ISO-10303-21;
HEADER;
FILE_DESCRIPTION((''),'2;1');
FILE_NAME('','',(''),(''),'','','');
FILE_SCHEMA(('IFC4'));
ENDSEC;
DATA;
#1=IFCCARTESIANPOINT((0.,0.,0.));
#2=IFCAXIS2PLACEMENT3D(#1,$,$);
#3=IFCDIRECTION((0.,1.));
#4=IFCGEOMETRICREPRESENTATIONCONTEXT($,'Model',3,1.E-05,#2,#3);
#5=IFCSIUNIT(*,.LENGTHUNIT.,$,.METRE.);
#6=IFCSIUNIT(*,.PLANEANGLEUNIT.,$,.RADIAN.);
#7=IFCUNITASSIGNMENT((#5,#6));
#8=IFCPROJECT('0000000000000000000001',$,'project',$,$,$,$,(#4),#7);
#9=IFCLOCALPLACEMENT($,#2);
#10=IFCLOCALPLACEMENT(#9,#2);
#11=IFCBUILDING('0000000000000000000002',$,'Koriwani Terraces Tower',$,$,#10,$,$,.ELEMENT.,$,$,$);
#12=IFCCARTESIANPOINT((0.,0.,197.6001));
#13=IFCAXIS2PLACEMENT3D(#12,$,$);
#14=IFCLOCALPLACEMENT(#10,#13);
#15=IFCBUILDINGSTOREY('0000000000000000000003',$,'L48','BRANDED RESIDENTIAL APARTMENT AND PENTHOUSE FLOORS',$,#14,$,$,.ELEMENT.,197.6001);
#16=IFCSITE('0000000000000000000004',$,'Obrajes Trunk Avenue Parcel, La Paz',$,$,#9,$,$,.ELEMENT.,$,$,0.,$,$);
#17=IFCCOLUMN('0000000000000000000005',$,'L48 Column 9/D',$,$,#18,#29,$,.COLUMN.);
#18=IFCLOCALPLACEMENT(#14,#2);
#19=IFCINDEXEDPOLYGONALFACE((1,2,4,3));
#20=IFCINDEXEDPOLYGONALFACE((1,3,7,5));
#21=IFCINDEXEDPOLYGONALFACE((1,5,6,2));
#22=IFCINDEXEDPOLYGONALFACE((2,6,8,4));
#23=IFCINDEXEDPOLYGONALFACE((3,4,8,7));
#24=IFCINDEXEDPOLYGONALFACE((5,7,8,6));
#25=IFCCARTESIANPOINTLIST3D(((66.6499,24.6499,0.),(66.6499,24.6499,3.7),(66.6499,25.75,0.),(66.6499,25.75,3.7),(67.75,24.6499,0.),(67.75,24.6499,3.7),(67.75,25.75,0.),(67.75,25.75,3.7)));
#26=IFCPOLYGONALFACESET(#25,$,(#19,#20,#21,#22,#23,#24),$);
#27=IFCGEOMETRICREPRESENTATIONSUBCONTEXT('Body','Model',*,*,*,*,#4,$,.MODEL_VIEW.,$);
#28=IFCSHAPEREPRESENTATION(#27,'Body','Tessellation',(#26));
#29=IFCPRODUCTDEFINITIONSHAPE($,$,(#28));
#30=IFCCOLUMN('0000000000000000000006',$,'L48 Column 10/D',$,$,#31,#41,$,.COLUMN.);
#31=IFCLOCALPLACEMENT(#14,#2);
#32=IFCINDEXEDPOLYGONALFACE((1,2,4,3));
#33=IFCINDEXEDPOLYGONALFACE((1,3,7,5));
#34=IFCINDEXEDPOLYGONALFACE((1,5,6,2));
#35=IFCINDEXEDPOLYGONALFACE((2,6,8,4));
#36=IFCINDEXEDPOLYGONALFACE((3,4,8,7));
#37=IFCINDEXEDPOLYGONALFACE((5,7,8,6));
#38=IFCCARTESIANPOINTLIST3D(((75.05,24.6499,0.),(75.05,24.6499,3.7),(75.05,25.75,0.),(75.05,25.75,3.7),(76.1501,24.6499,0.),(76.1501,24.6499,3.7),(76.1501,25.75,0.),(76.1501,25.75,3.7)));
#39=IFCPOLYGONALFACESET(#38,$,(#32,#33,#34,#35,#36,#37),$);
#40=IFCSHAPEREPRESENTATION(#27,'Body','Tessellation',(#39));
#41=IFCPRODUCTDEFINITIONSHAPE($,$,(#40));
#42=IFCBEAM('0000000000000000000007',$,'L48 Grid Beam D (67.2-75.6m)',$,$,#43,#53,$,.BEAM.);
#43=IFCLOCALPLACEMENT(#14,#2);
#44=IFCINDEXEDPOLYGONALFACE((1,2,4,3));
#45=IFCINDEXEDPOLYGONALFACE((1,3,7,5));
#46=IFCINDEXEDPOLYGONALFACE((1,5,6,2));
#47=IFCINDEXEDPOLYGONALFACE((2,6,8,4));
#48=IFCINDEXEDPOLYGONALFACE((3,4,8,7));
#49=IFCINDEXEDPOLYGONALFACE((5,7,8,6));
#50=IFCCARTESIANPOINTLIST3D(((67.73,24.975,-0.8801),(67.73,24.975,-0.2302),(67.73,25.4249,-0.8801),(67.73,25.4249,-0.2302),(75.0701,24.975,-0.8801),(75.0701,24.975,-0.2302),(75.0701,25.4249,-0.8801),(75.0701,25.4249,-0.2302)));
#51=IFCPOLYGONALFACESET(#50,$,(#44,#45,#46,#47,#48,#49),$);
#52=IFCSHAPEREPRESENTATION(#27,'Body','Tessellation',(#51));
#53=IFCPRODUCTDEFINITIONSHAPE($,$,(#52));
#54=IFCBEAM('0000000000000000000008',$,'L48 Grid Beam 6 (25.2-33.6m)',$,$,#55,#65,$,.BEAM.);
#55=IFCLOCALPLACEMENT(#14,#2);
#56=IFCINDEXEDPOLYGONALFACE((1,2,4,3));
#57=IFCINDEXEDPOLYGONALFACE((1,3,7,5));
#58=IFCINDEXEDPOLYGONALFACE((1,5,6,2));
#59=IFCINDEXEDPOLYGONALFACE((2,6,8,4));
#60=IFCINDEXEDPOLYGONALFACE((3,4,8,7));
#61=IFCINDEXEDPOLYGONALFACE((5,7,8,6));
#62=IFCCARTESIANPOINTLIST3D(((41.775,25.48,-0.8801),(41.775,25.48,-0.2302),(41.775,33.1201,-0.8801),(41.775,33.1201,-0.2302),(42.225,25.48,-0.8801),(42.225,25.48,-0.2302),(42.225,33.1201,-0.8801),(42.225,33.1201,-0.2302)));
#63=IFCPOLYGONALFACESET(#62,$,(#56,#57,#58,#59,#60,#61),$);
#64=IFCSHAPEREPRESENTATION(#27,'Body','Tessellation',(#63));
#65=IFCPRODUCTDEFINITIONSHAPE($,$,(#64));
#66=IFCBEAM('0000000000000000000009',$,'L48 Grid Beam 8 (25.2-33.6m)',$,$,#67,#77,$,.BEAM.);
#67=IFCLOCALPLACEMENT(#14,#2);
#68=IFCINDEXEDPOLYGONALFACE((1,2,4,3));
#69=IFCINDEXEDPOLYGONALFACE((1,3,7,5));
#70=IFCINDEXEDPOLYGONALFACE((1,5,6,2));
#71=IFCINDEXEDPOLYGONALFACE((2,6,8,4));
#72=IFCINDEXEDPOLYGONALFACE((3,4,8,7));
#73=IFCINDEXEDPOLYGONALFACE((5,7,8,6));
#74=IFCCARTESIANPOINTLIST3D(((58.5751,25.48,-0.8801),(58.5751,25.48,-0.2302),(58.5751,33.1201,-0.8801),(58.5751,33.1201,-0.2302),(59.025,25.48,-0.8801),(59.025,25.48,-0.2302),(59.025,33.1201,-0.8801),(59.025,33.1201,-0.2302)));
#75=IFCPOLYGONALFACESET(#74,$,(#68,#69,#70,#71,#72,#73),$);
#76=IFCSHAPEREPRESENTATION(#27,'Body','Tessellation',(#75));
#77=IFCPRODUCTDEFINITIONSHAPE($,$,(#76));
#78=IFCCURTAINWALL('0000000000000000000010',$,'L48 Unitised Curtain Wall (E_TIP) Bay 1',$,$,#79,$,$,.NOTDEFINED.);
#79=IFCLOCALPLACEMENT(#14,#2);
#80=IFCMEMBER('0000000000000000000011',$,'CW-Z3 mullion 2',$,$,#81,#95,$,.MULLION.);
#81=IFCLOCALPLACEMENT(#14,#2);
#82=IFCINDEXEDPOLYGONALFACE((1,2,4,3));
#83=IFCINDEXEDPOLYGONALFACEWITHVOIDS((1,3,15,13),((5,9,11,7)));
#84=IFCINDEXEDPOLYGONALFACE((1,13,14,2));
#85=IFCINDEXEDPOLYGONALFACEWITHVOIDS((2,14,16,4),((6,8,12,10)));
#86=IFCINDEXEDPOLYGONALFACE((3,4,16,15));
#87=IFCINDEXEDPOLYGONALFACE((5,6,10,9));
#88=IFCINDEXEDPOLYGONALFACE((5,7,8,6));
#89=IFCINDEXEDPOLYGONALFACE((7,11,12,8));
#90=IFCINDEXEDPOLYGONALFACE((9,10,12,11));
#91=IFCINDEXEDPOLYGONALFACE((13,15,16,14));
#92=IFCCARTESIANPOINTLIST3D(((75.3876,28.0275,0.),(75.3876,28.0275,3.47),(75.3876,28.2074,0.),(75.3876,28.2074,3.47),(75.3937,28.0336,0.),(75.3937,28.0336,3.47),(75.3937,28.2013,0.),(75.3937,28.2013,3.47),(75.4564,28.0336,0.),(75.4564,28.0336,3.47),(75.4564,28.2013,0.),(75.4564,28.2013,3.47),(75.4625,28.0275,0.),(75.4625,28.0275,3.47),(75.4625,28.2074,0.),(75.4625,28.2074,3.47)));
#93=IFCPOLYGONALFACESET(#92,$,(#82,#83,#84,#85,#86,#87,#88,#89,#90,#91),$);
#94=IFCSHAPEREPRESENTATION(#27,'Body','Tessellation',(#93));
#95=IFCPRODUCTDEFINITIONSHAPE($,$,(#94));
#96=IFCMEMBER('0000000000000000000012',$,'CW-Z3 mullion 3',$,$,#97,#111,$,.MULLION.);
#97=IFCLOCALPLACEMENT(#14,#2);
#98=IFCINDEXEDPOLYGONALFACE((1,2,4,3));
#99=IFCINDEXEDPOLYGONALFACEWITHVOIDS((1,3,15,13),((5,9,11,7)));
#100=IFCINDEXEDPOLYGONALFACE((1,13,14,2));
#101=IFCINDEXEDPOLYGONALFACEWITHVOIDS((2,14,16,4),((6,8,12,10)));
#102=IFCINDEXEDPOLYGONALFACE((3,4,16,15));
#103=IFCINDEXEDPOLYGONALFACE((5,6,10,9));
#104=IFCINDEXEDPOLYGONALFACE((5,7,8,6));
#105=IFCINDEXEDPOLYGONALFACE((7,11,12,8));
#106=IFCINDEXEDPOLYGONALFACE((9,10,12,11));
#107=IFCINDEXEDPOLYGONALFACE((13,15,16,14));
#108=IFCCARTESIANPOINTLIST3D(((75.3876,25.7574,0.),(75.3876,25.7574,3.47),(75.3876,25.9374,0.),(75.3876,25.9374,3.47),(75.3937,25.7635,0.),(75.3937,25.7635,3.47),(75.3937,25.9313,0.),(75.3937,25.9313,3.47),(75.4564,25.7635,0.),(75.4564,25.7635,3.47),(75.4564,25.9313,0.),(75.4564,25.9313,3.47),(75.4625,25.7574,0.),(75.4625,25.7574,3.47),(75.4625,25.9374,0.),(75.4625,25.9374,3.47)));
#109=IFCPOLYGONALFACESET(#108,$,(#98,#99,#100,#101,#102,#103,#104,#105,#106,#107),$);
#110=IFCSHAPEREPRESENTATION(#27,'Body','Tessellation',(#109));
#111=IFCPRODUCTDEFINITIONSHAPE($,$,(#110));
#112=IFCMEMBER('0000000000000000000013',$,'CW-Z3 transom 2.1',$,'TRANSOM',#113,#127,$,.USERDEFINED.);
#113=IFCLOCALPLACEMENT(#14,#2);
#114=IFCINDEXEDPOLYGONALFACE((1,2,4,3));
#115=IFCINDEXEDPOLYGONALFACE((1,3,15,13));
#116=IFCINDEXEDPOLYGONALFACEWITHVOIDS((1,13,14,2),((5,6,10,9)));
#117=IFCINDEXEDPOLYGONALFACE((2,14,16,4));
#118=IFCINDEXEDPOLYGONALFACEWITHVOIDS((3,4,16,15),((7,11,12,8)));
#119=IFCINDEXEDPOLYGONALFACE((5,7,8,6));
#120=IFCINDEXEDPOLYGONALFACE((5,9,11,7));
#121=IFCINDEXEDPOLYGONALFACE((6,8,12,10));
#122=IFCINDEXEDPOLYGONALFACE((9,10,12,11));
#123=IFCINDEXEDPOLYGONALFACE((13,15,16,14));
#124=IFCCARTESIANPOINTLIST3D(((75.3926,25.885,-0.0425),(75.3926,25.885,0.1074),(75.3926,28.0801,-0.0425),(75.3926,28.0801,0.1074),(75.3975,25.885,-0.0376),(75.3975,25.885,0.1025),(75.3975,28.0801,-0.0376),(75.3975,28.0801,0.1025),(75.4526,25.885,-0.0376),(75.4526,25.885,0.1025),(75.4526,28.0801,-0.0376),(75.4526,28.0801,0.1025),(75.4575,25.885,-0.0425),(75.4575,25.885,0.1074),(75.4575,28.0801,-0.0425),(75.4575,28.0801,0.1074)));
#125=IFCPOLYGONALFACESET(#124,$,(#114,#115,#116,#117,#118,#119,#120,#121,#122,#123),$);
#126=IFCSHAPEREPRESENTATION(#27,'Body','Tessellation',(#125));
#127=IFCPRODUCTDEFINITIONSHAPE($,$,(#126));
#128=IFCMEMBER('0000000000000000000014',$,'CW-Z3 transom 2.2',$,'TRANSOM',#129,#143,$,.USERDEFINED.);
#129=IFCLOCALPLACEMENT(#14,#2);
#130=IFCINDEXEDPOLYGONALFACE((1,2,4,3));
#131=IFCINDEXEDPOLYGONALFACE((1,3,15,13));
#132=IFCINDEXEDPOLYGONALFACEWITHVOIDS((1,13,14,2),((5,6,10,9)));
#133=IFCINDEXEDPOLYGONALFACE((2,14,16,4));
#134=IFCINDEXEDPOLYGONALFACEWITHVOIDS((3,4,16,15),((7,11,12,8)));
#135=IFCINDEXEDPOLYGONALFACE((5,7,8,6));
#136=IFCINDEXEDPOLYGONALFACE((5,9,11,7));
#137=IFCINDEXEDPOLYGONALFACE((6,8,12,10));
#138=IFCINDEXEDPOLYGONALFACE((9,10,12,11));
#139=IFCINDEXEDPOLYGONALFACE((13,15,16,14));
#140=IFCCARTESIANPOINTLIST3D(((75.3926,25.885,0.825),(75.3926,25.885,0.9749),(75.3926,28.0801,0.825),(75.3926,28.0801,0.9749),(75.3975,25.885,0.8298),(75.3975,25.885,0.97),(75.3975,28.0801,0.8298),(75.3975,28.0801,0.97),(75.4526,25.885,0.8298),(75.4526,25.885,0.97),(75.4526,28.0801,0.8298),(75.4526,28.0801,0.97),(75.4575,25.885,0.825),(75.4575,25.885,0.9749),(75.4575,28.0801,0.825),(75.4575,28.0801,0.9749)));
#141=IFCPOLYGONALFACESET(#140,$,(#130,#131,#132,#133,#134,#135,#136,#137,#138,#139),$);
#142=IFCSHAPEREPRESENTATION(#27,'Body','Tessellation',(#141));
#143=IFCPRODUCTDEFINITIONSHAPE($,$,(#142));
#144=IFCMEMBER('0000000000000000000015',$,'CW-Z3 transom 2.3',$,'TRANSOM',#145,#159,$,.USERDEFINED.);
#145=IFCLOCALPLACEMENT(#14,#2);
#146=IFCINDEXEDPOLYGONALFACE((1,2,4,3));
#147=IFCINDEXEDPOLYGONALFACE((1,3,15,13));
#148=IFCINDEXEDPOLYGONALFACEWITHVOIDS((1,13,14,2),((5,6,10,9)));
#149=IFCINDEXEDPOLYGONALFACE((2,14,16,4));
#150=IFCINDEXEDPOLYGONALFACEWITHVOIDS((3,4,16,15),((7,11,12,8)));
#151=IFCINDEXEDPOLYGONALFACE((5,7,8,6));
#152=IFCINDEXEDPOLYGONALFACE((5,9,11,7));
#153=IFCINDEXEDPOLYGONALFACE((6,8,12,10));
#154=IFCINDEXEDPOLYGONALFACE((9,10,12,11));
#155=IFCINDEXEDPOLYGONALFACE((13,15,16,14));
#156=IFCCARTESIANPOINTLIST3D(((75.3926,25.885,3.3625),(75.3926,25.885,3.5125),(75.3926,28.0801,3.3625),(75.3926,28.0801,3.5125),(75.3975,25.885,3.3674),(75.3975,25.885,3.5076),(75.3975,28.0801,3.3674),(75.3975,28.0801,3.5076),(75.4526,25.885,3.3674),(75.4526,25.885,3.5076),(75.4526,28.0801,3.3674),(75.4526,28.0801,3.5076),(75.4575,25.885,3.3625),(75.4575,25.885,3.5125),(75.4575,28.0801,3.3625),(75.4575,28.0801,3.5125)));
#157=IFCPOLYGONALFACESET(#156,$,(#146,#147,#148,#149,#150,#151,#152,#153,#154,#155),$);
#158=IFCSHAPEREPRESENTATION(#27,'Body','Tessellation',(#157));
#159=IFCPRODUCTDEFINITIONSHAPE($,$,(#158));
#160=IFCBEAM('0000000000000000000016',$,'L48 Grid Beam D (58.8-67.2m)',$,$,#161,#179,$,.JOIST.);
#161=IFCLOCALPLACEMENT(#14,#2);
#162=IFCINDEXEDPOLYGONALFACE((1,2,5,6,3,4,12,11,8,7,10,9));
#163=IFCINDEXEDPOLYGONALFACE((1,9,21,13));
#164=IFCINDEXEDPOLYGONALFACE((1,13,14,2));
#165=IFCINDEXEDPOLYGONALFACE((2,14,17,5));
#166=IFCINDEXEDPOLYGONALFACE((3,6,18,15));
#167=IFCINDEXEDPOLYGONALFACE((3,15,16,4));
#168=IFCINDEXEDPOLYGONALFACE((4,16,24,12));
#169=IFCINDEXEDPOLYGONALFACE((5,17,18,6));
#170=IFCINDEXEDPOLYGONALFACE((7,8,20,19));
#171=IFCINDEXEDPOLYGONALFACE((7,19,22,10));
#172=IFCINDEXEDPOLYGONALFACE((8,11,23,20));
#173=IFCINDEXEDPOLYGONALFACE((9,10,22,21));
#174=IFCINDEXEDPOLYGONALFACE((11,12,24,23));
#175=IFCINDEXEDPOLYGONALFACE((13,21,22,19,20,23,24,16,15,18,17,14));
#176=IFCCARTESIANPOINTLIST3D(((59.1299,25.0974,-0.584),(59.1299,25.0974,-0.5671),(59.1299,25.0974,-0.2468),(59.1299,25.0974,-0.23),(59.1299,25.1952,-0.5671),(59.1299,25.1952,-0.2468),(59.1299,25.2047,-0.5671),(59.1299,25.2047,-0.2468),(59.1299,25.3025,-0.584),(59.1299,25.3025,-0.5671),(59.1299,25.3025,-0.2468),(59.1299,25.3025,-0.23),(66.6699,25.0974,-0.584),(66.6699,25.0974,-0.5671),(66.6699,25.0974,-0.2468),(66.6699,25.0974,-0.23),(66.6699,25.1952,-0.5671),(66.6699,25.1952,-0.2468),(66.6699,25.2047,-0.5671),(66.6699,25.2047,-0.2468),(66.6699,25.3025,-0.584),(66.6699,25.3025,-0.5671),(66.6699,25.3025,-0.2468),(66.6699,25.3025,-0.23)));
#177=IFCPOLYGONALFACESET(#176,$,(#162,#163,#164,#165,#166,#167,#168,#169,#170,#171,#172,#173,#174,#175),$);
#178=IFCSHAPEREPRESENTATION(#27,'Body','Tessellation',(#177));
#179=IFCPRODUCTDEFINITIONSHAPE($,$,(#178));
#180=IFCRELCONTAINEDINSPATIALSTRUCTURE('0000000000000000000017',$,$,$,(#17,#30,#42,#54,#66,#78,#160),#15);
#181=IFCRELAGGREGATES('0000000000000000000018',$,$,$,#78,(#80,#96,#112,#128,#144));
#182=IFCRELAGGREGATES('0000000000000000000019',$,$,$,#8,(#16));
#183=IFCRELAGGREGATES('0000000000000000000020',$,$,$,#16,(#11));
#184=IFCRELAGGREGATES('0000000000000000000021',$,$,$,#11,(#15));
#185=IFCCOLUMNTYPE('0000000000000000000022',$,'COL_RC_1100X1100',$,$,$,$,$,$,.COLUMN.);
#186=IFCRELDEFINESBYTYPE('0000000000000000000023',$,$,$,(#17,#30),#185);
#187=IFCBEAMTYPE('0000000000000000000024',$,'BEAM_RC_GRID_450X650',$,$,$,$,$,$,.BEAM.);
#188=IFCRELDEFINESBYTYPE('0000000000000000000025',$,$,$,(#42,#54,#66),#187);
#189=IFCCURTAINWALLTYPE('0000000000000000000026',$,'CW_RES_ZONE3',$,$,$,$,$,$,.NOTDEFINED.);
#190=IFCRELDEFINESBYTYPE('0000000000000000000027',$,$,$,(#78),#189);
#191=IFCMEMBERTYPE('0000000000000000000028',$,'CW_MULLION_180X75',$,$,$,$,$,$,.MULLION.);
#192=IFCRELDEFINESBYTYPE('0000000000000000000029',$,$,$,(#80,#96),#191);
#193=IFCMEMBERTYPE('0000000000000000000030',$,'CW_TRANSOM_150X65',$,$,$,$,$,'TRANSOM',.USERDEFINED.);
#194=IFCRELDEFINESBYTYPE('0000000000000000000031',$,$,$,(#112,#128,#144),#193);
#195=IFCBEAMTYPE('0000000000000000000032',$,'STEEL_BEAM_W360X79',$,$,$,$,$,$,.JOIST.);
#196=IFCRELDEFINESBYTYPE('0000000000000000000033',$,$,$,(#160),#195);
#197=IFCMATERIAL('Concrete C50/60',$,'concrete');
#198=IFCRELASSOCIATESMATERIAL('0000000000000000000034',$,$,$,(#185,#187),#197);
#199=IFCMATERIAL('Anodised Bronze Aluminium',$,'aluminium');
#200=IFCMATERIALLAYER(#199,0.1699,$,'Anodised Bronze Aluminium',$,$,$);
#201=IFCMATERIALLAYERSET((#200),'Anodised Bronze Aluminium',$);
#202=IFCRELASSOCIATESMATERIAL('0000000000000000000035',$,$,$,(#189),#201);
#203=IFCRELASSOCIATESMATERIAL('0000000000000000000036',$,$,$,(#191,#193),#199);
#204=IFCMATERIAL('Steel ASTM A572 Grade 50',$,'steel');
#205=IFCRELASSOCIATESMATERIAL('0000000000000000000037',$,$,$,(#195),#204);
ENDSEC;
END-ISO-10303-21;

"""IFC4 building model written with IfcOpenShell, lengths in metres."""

from ifc_helpers import new_model, si_unit, direction, frame, origin, origin_2d, place, context, subcontext, project, spatial, rectangle, hollow_rectangle, i_section, extrude, material, layer, layer_set, material_profile, profile_set, type_object, element, aggregate, save


model = new_model("IFC4")

# Units and contexts
model_context = context("Model", 3, precision=1e-05, world=origin(), true_north=direction((0.0, 1.0)))
body_context = subcontext(model_context, "Body", "Model", "MODEL_VIEW")
ifc_project = project(units=[si_unit("LENGTHUNIT", "METRE"), si_unit("PLANEANGLEUNIT", "RADIAN")], contexts=[model_context])

# Site, building, storey
site_placement = place(None, origin())
site = spatial("IfcSite", under=ifc_project, at=site_placement, Name="Obrajes Trunk Avenue Parcel, La Paz", CompositionType="ELEMENT", RefElevation=0.0)
building_placement = place(site_placement, origin())
building = spatial("IfcBuilding", under=site, at=building_placement, Name="Koriwani Terraces Tower", CompositionType="ELEMENT")
storey_placement = place(building_placement, frame((0.0, 0.0, 197.6001)))
storey = spatial("IfcBuildingStorey", under=building, at=storey_placement, Name="L48", Description="BRANDED RESIDENTIAL APARTMENT AND PENTHOUSE FLOORS", CompositionType="ELEMENT", Elevation=197.6001)

# Columns
ifc_material_1 = material(Name="Concrete C50/60", Category="concrete")
ifc_material_profile_1 = material_profile(ifc_material_1, rectangle(XDim=1.1001, YDim=1.1001, at=origin_2d()), Name="Concrete C50/60", Category="LoadBearing")
ifc_profile_set_1 = profile_set([ifc_material_profile_1], Name="Concrete C50/60")
column_type = type_object("IfcColumnType", Name="COL_RC_1100X1100", PredefinedType="COLUMN", material=ifc_profile_set_1)
for number, where, z_axis, x_axis, name in (
    (1, (67.2, 25.2, 0.0), (0.0, 0.0, 1.0), (1.0, 0.0, 0.0), "L48 Column 9/D"),
    (2, (75.6001, 25.2, 0.0), (0.0, 0.0, 1.0), (1.0, 0.0, 0.0), "L48 Column 10/D"),
):
    element("IfcColumn", number, at=place(storey_placement, frame(where, z_axis=z_axis, x_axis=x_axis)), inside=storey, type_object=column_type, Name=name, PredefinedType="COLUMN", context=body_context, shape_type="SweptSolid", body=[
        extrude(rectangle(XDim=1.1001, YDim=1.1001, at=origin_2d()), origin(), (0.0, 0.0, 1.0), 3.7),
    ])

# Beams
ifc_material_profile_2 = material_profile(ifc_material_1, rectangle(XDim=0.45, YDim=0.6499, at=origin_2d()), Name="Concrete C50/60", Category="LoadBearing")
ifc_profile_set_2 = profile_set([ifc_material_profile_2], Name="Concrete C50/60")
beam_type_1 = type_object("IfcBeamType", Name="BEAM_RC_GRID_450X650", PredefinedType="BEAM", material=ifc_profile_set_2)
beam_1_placement = place(storey_placement, frame((67.73, 25.2, -0.5552), z_axis=(1.0, 0.0, 0.0), x_axis=(0.0, 1.0, 0.0)))
element("IfcBeam", 3, at=beam_1_placement, inside=storey, type_object=beam_type_1, Name="L48 Grid Beam D (67.2-75.6m)", PredefinedType="BEAM", context=body_context, shape_type="SweptSolid", body=[
    extrude(rectangle(XDim=0.45, YDim=0.6499, at=origin_2d()), origin(), (0.0, 0.0, 1.0), 7.3401),
])
for number, where, z_axis, x_axis, name in (
    (4, (42.0, 25.48, -0.5552), (0.0, 1.0, 0.0), (-1.0, 0.0, 0.0), "L48 Grid Beam 6 (25.2-33.6m)"),
    (5, (58.8, 25.48, -0.5552), (0.0, 1.0, 0.0), (-1.0, 0.0, 0.0), "L48 Grid Beam 8 (25.2-33.6m)"),
):
    element("IfcBeam", number, at=place(storey_placement, frame(where, z_axis=z_axis, x_axis=x_axis)), inside=storey, type_object=beam_type_1, Name=name, PredefinedType="BEAM", context=body_context, shape_type="SweptSolid", body=[
        extrude(rectangle(XDim=0.45, YDim=0.6499, at=origin_2d()), origin(), (0.0, 0.0, 1.0), 7.6401),
    ])

# Curtain wall, members
ifc_material_2 = material(Name="Anodised Bronze Aluminium", Category="aluminium")
ifc_layer_1 = layer(ifc_material_2, 0.1699, Name="Anodised Bronze Aluminium")
ifc_layer_set_1 = layer_set([ifc_layer_1], Name="Anodised Bronze Aluminium")
curtain_wall_type = type_object("IfcCurtainWallType", Name="CW_RES_ZONE3", PredefinedType="NOTDEFINED", material=ifc_layer_set_1)
curtain_wall_placement = place(storey_placement, origin())
curtain_wall = element("IfcCurtainWall", 6, at=curtain_wall_placement, inside=storey, type_object=curtain_wall_type, Name="L48 Unitised Curtain Wall (E_TIP) Bay 1", PredefinedType="NOTDEFINED")
ifc_material_profile_3 = material_profile(ifc_material_2, hollow_rectangle(XDim=0.075, YDim=0.1799, WallThickness=0.0061, at=origin_2d()), Name="Anodised Bronze Aluminium", Category="LoadBearing")
ifc_profile_set_3 = profile_set([ifc_material_profile_3], Name="Anodised Bronze Aluminium")
member_type_1 = type_object("IfcMemberType", Name="CW_MULLION_180X75", PredefinedType="MULLION", material=ifc_profile_set_3)
member_1_placement = place(storey_placement, frame((75.425, 28.1174, 0.0), z_axis=(0.0, 0.0, 1.0), x_axis=(1.0, 0.0, 0.0)))
member_1 = element("IfcMember", 7, at=member_1_placement, type_object=member_type_1, Name="CW-Z3 mullion 2", PredefinedType="MULLION", context=body_context, shape_type="SweptSolid", body=[
    extrude(hollow_rectangle(XDim=0.075, YDim=0.1799, WallThickness=0.0061, at=origin_2d()), origin(), (0.0, 0.0, 1.0), 3.47),
])
member_2_placement = place(storey_placement, frame((75.425, 25.8474, 0.0), z_axis=(0.0, 0.0, 1.0), x_axis=(1.0, 0.0, 0.0)))
member_2 = element("IfcMember", 8, at=member_2_placement, type_object=member_type_1, Name="CW-Z3 mullion 3", PredefinedType="MULLION", context=body_context, shape_type="SweptSolid", body=[
    extrude(hollow_rectangle(XDim=0.075, YDim=0.1799, WallThickness=0.0061, at=origin_2d()), origin(), (0.0, 0.0, 1.0), 3.47),
])
ifc_material_profile_4 = material_profile(ifc_material_2, hollow_rectangle(XDim=0.0649, YDim=0.1499, WallThickness=0.0049, at=origin_2d()), Name="Anodised Bronze Aluminium", Category="LoadBearing")
ifc_profile_set_4 = profile_set([ifc_material_profile_4], Name="Anodised Bronze Aluminium")
member_type_2 = type_object("IfcMemberType", Name="CW_TRANSOM_150X65", ElementType="TRANSOM", PredefinedType="USERDEFINED", material=ifc_profile_set_4)
member_3_placement = place(storey_placement, frame((75.425, 28.0801, 0.0325), z_axis=(0.0, -1.0, 0.0), x_axis=(1.0, 0.0, 0.0)))
member_3 = element("IfcMember", 9, at=member_3_placement, type_object=member_type_2, Name="CW-Z3 transom 2.1", ObjectType="TRANSOM", PredefinedType="USERDEFINED", context=body_context, shape_type="SweptSolid", body=[
    extrude(hollow_rectangle(XDim=0.0649, YDim=0.1499, WallThickness=0.0049, at=origin_2d()), origin(), (0.0, 0.0, 1.0), 2.1951),
])
member_4_placement = place(storey_placement, frame((75.425, 28.0801, 0.8999), z_axis=(0.0, -1.0, 0.0), x_axis=(1.0, 0.0, 0.0)))
member_4 = element("IfcMember", 10, at=member_4_placement, type_object=member_type_2, Name="CW-Z3 transom 2.2", ObjectType="TRANSOM", PredefinedType="USERDEFINED", context=body_context, shape_type="SweptSolid", body=[
    extrude(hollow_rectangle(XDim=0.0649, YDim=0.1499, WallThickness=0.0049, at=origin_2d()), origin(), (0.0, 0.0, 1.0), 2.1951),
])
member_5_placement = place(storey_placement, frame((75.425, 28.0801, 3.4375), z_axis=(0.0, -1.0, 0.0), x_axis=(1.0, 0.0, 0.0)))
member_5 = element("IfcMember", 11, at=member_5_placement, type_object=member_type_2, Name="CW-Z3 transom 2.3", ObjectType="TRANSOM", PredefinedType="USERDEFINED", context=body_context, shape_type="SweptSolid", body=[
    extrude(hollow_rectangle(XDim=0.0649, YDim=0.1499, WallThickness=0.0049, at=origin_2d()), origin(), (0.0, 0.0, 1.0), 2.1951),
])

# Beam
ifc_material_3 = material(Name="Steel ASTM A572 Grade 50", Category="steel")
ifc_material_profile_5 = material_profile(ifc_material_3, i_section(OverallWidth=0.2051, OverallDepth=0.354, WebThickness=0.0095, FlangeThickness=0.0168, at=origin_2d()), Name="Steel ASTM A572 Grade 50", Category="LoadBearing")
ifc_profile_set_5 = profile_set([ifc_material_profile_5], Name="Steel ASTM A572 Grade 50")
beam_type_2 = type_object("IfcBeamType", Name="STEEL_BEAM_W360X79", PredefinedType="JOIST", material=ifc_profile_set_5)
beam_2_placement = place(storey_placement, frame((59.1299, 25.2, -0.407), z_axis=(1.0, 0.0, 0.0), x_axis=(0.0, 1.0, 0.0)))
element("IfcBeam", 12, at=beam_2_placement, inside=storey, type_object=beam_type_2, Name="L48 Grid Beam D (58.8-67.2m)", PredefinedType="JOIST", context=body_context, shape_type="SweptSolid", body=[
    extrude(i_section(OverallWidth=0.2051, OverallDepth=0.354, WebThickness=0.0095, FlangeThickness=0.0168, at=origin_2d()), origin(), (0.0, 0.0, 1.0), 7.54),
])

aggregate(curtain_wall, [member_1, member_2, member_3, member_4, member_5])

save(model, "model.ifc")
